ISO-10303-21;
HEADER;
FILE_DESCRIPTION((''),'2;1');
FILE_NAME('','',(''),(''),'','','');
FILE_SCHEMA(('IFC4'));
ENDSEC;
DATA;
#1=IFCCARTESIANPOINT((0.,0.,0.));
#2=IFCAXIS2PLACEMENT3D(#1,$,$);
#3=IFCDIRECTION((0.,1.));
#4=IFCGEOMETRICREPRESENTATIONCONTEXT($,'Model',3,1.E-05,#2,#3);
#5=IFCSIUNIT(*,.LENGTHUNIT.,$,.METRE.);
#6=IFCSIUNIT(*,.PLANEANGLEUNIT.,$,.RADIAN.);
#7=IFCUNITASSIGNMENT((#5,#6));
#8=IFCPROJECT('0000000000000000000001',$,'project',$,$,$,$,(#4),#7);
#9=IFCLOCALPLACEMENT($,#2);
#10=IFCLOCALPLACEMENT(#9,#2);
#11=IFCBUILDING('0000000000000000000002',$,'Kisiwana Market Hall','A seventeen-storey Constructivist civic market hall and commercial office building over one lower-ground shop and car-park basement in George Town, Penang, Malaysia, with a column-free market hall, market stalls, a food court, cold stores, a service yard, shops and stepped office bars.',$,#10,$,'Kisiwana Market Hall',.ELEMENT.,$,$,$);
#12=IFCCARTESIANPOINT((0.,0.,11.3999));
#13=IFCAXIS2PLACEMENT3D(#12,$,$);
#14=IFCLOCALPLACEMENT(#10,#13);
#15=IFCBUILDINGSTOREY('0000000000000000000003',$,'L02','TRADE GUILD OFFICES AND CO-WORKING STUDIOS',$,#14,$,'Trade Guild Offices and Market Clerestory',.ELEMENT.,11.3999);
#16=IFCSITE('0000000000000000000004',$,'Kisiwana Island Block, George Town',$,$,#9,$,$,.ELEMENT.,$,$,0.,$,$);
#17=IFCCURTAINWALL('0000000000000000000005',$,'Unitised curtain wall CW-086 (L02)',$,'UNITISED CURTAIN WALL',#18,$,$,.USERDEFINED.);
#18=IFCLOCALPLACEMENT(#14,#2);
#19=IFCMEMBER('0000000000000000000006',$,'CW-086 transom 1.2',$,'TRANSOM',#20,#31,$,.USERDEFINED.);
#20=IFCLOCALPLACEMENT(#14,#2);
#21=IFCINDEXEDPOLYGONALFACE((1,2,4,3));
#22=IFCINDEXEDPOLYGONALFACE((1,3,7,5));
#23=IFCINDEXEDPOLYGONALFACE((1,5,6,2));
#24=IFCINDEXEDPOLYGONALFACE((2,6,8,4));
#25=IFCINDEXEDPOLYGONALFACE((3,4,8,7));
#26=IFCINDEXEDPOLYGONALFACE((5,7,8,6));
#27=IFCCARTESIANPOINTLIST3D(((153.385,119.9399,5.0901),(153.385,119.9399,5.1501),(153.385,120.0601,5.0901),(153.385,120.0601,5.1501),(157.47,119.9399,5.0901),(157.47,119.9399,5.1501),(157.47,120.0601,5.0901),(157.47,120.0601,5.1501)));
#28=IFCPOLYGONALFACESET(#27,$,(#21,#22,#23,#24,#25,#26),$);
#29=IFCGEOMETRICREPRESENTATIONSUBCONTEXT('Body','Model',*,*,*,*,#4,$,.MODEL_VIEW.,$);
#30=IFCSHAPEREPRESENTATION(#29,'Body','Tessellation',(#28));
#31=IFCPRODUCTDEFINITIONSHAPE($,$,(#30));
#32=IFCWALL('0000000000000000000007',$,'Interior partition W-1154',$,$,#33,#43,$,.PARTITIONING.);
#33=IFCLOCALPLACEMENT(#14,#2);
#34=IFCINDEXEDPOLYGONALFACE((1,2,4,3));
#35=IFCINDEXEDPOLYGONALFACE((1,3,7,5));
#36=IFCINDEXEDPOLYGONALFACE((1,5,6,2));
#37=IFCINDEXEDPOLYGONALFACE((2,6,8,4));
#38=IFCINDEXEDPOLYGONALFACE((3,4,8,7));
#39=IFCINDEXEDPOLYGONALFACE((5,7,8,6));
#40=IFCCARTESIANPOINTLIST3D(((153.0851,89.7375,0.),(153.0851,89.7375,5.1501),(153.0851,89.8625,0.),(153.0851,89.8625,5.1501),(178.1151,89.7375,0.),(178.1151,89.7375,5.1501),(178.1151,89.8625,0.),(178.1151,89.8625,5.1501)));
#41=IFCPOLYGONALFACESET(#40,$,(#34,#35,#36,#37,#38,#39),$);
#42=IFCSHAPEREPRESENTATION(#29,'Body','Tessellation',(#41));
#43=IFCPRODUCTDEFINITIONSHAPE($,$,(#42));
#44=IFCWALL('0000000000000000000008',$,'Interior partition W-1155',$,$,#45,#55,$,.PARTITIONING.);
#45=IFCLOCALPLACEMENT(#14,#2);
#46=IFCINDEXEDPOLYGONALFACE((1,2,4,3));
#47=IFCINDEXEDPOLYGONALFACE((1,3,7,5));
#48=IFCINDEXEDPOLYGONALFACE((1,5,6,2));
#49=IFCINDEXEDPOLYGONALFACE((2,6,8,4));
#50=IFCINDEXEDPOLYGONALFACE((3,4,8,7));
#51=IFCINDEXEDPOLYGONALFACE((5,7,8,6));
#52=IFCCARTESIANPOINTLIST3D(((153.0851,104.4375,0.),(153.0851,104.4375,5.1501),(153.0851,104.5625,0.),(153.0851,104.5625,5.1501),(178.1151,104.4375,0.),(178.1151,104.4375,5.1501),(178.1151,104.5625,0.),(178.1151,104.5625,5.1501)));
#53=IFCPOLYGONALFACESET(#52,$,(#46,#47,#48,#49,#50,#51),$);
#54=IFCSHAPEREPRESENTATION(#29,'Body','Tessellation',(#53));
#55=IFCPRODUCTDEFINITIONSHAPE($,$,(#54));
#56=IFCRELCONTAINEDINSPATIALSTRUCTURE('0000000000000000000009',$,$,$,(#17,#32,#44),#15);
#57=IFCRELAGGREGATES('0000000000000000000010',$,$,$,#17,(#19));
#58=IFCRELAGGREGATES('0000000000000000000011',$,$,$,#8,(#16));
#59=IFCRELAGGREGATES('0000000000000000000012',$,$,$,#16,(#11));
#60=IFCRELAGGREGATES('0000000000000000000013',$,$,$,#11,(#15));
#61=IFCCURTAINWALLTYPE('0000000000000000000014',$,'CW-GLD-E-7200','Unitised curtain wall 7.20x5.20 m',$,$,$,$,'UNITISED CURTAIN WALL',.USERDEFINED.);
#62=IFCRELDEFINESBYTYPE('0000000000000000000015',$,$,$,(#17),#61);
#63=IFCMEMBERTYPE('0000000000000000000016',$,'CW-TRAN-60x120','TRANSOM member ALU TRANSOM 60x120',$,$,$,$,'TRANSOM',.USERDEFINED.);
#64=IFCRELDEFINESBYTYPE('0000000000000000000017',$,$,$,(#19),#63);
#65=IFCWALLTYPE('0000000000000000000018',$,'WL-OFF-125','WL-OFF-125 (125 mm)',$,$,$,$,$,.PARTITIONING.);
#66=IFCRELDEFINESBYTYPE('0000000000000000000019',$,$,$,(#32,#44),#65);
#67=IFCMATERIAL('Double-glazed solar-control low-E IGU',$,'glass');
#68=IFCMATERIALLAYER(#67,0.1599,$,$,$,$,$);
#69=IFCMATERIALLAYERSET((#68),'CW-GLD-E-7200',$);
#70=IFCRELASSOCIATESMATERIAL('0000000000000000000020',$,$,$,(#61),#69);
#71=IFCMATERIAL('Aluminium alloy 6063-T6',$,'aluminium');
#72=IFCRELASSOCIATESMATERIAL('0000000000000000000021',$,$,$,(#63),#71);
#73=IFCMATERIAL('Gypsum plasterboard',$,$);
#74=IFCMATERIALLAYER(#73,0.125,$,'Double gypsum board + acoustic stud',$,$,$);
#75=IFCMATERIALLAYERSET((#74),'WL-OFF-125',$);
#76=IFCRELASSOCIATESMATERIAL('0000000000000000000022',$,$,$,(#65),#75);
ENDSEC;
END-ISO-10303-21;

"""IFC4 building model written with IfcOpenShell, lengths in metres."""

from ifc_helpers import new_model, si_unit, direction, frame, frame_2d, origin, origin_2d, place, context, subcontext, project, spatial, rectangle, extrude, material, layer, layer_set, material_profile, profile_set, type_object, element, aggregate, save


model = new_model("IFC4")

# Units and contexts
model_context = context("Model", 3, precision=1e-05, world=origin(), true_north=direction((0.0, 1.0)))
body_context = subcontext(model_context, "Body", "Model", "MODEL_VIEW")
ifc_project = project(units=[si_unit("LENGTHUNIT", "METRE"), si_unit("PLANEANGLEUNIT", "RADIAN")], contexts=[model_context])

# Site, building, storey
site_placement = place(None, origin())
site = spatial("IfcSite", under=ifc_project, at=site_placement, Name="Kisiwana Island Block, George Town", CompositionType="ELEMENT", RefElevation=0.0)
building_placement = place(site_placement, origin())
building = spatial("IfcBuilding", under=site, at=building_placement, Name="Kisiwana Market Hall", Description="A seventeen-storey Constructivist civic market hall and commercial office building over one lower-ground shop and car-park basement in George Town, Penang, Malaysia, with a column-free market hall, market stalls, a food court, cold stores, a service yard, shops and stepped office bars.", LongName="Kisiwana Market Hall", CompositionType="ELEMENT")
storey_placement = place(building_placement, frame((0.0, 0.0, 11.3999)))
storey = spatial("IfcBuildingStorey", under=building, at=storey_placement, Name="L02", Description="TRADE GUILD OFFICES AND CO-WORKING STUDIOS", LongName="Trade Guild Offices and Market Clerestory", CompositionType="ELEMENT", Elevation=11.3999)

# Curtain wall, member
ifc_material_1 = material(Name="Double-glazed solar-control low-E IGU", Category="glass")
ifc_layer_1 = layer(ifc_material_1, 0.1599)
ifc_layer_set_1 = layer_set([ifc_layer_1], Name="CW-GLD-E-7200")
curtain_wall_type = type_object("IfcCurtainWallType", Name="CW-GLD-E-7200", Description="Unitised curtain wall 7.20x5.20 m", ElementType="UNITISED CURTAIN WALL", PredefinedType="USERDEFINED", material=ifc_layer_set_1)
curtain_wall_placement = place(storey_placement, origin())
curtain_wall = element("IfcCurtainWall", 1, at=curtain_wall_placement, inside=storey, type_object=curtain_wall_type, Name="Unitised curtain wall CW-086 (L02)", ObjectType="UNITISED CURTAIN WALL", PredefinedType="USERDEFINED")
ifc_material_2 = material(Name="Aluminium alloy 6063-T6", Category="aluminium")
ifc_material_profile_1 = material_profile(ifc_material_2, rectangle(XDim=0.1201, YDim=0.0601, at=origin_2d()), Name="ALU TRANSOM 60x120")
ifc_profile_set_1 = profile_set([ifc_material_profile_1], Name="Aluminium alloy 6063-T6")
member_type_1 = type_object("IfcMemberType", Name="CW-TRAN-60x120", Description="TRANSOM member ALU TRANSOM 60x120", ElementType="TRANSOM", PredefinedType="USERDEFINED", material=ifc_profile_set_1)
member_1_placement = place(storey_placement, frame((153.385, 120.0, 5.1201), z_axis=(1.0, 0.0, 0.0), x_axis=(0.0, 1.0, 0.0)))
member_1 = element("IfcMember", 2, at=member_1_placement, type_object=member_type_1, Name="CW-086 transom 1.2", ObjectType="TRANSOM", PredefinedType="USERDEFINED", context=body_context, shape_type="SweptSolid", body=[
    extrude(rectangle(XDim=0.1201, YDim=0.0601, at=origin_2d()), origin(), (0.0, 0.0, 1.0), 4.085),
])
aggregate(curtain_wall, [member_1])

# Walls
ifc_material_3 = material(Name="Gypsum plasterboard")
ifc_layer_2 = layer(ifc_material_3, 0.125, Name="Double gypsum board + acoustic stud")
ifc_layer_set_2 = layer_set([ifc_layer_2], Name="WL-OFF-125")
wall_type = type_object("IfcWallType", Name="WL-OFF-125", Description="WL-OFF-125 (125 mm)", PredefinedType="PARTITIONING", material=ifc_layer_set_2)
for number, where, z_axis, x_axis, name in (
    (3, (153.085, 89.8, 0.0), (0.0, 0.0, 1.0), (1.0, 0.0, 0.0), "Interior partition W-1154"),
    (4, (153.085, 104.5, 0.0), (0.0, 0.0, 1.0), (1.0, 0.0, 0.0), "Interior partition W-1155"),
):
    element("IfcWall", number, at=place(storey_placement, frame(where, z_axis=z_axis, x_axis=x_axis)), inside=storey, type_object=wall_type, Name=name, PredefinedType="PARTITIONING", context=body_context, shape_type="SweptSolid", body=[
        extrude(rectangle(XDim=25.03, YDim=0.125, at=frame_2d((12.5151, 0.0))), origin(), (0.0, 0.0, 1.0), 5.1501),
    ])

save(model, "model.ifc")
